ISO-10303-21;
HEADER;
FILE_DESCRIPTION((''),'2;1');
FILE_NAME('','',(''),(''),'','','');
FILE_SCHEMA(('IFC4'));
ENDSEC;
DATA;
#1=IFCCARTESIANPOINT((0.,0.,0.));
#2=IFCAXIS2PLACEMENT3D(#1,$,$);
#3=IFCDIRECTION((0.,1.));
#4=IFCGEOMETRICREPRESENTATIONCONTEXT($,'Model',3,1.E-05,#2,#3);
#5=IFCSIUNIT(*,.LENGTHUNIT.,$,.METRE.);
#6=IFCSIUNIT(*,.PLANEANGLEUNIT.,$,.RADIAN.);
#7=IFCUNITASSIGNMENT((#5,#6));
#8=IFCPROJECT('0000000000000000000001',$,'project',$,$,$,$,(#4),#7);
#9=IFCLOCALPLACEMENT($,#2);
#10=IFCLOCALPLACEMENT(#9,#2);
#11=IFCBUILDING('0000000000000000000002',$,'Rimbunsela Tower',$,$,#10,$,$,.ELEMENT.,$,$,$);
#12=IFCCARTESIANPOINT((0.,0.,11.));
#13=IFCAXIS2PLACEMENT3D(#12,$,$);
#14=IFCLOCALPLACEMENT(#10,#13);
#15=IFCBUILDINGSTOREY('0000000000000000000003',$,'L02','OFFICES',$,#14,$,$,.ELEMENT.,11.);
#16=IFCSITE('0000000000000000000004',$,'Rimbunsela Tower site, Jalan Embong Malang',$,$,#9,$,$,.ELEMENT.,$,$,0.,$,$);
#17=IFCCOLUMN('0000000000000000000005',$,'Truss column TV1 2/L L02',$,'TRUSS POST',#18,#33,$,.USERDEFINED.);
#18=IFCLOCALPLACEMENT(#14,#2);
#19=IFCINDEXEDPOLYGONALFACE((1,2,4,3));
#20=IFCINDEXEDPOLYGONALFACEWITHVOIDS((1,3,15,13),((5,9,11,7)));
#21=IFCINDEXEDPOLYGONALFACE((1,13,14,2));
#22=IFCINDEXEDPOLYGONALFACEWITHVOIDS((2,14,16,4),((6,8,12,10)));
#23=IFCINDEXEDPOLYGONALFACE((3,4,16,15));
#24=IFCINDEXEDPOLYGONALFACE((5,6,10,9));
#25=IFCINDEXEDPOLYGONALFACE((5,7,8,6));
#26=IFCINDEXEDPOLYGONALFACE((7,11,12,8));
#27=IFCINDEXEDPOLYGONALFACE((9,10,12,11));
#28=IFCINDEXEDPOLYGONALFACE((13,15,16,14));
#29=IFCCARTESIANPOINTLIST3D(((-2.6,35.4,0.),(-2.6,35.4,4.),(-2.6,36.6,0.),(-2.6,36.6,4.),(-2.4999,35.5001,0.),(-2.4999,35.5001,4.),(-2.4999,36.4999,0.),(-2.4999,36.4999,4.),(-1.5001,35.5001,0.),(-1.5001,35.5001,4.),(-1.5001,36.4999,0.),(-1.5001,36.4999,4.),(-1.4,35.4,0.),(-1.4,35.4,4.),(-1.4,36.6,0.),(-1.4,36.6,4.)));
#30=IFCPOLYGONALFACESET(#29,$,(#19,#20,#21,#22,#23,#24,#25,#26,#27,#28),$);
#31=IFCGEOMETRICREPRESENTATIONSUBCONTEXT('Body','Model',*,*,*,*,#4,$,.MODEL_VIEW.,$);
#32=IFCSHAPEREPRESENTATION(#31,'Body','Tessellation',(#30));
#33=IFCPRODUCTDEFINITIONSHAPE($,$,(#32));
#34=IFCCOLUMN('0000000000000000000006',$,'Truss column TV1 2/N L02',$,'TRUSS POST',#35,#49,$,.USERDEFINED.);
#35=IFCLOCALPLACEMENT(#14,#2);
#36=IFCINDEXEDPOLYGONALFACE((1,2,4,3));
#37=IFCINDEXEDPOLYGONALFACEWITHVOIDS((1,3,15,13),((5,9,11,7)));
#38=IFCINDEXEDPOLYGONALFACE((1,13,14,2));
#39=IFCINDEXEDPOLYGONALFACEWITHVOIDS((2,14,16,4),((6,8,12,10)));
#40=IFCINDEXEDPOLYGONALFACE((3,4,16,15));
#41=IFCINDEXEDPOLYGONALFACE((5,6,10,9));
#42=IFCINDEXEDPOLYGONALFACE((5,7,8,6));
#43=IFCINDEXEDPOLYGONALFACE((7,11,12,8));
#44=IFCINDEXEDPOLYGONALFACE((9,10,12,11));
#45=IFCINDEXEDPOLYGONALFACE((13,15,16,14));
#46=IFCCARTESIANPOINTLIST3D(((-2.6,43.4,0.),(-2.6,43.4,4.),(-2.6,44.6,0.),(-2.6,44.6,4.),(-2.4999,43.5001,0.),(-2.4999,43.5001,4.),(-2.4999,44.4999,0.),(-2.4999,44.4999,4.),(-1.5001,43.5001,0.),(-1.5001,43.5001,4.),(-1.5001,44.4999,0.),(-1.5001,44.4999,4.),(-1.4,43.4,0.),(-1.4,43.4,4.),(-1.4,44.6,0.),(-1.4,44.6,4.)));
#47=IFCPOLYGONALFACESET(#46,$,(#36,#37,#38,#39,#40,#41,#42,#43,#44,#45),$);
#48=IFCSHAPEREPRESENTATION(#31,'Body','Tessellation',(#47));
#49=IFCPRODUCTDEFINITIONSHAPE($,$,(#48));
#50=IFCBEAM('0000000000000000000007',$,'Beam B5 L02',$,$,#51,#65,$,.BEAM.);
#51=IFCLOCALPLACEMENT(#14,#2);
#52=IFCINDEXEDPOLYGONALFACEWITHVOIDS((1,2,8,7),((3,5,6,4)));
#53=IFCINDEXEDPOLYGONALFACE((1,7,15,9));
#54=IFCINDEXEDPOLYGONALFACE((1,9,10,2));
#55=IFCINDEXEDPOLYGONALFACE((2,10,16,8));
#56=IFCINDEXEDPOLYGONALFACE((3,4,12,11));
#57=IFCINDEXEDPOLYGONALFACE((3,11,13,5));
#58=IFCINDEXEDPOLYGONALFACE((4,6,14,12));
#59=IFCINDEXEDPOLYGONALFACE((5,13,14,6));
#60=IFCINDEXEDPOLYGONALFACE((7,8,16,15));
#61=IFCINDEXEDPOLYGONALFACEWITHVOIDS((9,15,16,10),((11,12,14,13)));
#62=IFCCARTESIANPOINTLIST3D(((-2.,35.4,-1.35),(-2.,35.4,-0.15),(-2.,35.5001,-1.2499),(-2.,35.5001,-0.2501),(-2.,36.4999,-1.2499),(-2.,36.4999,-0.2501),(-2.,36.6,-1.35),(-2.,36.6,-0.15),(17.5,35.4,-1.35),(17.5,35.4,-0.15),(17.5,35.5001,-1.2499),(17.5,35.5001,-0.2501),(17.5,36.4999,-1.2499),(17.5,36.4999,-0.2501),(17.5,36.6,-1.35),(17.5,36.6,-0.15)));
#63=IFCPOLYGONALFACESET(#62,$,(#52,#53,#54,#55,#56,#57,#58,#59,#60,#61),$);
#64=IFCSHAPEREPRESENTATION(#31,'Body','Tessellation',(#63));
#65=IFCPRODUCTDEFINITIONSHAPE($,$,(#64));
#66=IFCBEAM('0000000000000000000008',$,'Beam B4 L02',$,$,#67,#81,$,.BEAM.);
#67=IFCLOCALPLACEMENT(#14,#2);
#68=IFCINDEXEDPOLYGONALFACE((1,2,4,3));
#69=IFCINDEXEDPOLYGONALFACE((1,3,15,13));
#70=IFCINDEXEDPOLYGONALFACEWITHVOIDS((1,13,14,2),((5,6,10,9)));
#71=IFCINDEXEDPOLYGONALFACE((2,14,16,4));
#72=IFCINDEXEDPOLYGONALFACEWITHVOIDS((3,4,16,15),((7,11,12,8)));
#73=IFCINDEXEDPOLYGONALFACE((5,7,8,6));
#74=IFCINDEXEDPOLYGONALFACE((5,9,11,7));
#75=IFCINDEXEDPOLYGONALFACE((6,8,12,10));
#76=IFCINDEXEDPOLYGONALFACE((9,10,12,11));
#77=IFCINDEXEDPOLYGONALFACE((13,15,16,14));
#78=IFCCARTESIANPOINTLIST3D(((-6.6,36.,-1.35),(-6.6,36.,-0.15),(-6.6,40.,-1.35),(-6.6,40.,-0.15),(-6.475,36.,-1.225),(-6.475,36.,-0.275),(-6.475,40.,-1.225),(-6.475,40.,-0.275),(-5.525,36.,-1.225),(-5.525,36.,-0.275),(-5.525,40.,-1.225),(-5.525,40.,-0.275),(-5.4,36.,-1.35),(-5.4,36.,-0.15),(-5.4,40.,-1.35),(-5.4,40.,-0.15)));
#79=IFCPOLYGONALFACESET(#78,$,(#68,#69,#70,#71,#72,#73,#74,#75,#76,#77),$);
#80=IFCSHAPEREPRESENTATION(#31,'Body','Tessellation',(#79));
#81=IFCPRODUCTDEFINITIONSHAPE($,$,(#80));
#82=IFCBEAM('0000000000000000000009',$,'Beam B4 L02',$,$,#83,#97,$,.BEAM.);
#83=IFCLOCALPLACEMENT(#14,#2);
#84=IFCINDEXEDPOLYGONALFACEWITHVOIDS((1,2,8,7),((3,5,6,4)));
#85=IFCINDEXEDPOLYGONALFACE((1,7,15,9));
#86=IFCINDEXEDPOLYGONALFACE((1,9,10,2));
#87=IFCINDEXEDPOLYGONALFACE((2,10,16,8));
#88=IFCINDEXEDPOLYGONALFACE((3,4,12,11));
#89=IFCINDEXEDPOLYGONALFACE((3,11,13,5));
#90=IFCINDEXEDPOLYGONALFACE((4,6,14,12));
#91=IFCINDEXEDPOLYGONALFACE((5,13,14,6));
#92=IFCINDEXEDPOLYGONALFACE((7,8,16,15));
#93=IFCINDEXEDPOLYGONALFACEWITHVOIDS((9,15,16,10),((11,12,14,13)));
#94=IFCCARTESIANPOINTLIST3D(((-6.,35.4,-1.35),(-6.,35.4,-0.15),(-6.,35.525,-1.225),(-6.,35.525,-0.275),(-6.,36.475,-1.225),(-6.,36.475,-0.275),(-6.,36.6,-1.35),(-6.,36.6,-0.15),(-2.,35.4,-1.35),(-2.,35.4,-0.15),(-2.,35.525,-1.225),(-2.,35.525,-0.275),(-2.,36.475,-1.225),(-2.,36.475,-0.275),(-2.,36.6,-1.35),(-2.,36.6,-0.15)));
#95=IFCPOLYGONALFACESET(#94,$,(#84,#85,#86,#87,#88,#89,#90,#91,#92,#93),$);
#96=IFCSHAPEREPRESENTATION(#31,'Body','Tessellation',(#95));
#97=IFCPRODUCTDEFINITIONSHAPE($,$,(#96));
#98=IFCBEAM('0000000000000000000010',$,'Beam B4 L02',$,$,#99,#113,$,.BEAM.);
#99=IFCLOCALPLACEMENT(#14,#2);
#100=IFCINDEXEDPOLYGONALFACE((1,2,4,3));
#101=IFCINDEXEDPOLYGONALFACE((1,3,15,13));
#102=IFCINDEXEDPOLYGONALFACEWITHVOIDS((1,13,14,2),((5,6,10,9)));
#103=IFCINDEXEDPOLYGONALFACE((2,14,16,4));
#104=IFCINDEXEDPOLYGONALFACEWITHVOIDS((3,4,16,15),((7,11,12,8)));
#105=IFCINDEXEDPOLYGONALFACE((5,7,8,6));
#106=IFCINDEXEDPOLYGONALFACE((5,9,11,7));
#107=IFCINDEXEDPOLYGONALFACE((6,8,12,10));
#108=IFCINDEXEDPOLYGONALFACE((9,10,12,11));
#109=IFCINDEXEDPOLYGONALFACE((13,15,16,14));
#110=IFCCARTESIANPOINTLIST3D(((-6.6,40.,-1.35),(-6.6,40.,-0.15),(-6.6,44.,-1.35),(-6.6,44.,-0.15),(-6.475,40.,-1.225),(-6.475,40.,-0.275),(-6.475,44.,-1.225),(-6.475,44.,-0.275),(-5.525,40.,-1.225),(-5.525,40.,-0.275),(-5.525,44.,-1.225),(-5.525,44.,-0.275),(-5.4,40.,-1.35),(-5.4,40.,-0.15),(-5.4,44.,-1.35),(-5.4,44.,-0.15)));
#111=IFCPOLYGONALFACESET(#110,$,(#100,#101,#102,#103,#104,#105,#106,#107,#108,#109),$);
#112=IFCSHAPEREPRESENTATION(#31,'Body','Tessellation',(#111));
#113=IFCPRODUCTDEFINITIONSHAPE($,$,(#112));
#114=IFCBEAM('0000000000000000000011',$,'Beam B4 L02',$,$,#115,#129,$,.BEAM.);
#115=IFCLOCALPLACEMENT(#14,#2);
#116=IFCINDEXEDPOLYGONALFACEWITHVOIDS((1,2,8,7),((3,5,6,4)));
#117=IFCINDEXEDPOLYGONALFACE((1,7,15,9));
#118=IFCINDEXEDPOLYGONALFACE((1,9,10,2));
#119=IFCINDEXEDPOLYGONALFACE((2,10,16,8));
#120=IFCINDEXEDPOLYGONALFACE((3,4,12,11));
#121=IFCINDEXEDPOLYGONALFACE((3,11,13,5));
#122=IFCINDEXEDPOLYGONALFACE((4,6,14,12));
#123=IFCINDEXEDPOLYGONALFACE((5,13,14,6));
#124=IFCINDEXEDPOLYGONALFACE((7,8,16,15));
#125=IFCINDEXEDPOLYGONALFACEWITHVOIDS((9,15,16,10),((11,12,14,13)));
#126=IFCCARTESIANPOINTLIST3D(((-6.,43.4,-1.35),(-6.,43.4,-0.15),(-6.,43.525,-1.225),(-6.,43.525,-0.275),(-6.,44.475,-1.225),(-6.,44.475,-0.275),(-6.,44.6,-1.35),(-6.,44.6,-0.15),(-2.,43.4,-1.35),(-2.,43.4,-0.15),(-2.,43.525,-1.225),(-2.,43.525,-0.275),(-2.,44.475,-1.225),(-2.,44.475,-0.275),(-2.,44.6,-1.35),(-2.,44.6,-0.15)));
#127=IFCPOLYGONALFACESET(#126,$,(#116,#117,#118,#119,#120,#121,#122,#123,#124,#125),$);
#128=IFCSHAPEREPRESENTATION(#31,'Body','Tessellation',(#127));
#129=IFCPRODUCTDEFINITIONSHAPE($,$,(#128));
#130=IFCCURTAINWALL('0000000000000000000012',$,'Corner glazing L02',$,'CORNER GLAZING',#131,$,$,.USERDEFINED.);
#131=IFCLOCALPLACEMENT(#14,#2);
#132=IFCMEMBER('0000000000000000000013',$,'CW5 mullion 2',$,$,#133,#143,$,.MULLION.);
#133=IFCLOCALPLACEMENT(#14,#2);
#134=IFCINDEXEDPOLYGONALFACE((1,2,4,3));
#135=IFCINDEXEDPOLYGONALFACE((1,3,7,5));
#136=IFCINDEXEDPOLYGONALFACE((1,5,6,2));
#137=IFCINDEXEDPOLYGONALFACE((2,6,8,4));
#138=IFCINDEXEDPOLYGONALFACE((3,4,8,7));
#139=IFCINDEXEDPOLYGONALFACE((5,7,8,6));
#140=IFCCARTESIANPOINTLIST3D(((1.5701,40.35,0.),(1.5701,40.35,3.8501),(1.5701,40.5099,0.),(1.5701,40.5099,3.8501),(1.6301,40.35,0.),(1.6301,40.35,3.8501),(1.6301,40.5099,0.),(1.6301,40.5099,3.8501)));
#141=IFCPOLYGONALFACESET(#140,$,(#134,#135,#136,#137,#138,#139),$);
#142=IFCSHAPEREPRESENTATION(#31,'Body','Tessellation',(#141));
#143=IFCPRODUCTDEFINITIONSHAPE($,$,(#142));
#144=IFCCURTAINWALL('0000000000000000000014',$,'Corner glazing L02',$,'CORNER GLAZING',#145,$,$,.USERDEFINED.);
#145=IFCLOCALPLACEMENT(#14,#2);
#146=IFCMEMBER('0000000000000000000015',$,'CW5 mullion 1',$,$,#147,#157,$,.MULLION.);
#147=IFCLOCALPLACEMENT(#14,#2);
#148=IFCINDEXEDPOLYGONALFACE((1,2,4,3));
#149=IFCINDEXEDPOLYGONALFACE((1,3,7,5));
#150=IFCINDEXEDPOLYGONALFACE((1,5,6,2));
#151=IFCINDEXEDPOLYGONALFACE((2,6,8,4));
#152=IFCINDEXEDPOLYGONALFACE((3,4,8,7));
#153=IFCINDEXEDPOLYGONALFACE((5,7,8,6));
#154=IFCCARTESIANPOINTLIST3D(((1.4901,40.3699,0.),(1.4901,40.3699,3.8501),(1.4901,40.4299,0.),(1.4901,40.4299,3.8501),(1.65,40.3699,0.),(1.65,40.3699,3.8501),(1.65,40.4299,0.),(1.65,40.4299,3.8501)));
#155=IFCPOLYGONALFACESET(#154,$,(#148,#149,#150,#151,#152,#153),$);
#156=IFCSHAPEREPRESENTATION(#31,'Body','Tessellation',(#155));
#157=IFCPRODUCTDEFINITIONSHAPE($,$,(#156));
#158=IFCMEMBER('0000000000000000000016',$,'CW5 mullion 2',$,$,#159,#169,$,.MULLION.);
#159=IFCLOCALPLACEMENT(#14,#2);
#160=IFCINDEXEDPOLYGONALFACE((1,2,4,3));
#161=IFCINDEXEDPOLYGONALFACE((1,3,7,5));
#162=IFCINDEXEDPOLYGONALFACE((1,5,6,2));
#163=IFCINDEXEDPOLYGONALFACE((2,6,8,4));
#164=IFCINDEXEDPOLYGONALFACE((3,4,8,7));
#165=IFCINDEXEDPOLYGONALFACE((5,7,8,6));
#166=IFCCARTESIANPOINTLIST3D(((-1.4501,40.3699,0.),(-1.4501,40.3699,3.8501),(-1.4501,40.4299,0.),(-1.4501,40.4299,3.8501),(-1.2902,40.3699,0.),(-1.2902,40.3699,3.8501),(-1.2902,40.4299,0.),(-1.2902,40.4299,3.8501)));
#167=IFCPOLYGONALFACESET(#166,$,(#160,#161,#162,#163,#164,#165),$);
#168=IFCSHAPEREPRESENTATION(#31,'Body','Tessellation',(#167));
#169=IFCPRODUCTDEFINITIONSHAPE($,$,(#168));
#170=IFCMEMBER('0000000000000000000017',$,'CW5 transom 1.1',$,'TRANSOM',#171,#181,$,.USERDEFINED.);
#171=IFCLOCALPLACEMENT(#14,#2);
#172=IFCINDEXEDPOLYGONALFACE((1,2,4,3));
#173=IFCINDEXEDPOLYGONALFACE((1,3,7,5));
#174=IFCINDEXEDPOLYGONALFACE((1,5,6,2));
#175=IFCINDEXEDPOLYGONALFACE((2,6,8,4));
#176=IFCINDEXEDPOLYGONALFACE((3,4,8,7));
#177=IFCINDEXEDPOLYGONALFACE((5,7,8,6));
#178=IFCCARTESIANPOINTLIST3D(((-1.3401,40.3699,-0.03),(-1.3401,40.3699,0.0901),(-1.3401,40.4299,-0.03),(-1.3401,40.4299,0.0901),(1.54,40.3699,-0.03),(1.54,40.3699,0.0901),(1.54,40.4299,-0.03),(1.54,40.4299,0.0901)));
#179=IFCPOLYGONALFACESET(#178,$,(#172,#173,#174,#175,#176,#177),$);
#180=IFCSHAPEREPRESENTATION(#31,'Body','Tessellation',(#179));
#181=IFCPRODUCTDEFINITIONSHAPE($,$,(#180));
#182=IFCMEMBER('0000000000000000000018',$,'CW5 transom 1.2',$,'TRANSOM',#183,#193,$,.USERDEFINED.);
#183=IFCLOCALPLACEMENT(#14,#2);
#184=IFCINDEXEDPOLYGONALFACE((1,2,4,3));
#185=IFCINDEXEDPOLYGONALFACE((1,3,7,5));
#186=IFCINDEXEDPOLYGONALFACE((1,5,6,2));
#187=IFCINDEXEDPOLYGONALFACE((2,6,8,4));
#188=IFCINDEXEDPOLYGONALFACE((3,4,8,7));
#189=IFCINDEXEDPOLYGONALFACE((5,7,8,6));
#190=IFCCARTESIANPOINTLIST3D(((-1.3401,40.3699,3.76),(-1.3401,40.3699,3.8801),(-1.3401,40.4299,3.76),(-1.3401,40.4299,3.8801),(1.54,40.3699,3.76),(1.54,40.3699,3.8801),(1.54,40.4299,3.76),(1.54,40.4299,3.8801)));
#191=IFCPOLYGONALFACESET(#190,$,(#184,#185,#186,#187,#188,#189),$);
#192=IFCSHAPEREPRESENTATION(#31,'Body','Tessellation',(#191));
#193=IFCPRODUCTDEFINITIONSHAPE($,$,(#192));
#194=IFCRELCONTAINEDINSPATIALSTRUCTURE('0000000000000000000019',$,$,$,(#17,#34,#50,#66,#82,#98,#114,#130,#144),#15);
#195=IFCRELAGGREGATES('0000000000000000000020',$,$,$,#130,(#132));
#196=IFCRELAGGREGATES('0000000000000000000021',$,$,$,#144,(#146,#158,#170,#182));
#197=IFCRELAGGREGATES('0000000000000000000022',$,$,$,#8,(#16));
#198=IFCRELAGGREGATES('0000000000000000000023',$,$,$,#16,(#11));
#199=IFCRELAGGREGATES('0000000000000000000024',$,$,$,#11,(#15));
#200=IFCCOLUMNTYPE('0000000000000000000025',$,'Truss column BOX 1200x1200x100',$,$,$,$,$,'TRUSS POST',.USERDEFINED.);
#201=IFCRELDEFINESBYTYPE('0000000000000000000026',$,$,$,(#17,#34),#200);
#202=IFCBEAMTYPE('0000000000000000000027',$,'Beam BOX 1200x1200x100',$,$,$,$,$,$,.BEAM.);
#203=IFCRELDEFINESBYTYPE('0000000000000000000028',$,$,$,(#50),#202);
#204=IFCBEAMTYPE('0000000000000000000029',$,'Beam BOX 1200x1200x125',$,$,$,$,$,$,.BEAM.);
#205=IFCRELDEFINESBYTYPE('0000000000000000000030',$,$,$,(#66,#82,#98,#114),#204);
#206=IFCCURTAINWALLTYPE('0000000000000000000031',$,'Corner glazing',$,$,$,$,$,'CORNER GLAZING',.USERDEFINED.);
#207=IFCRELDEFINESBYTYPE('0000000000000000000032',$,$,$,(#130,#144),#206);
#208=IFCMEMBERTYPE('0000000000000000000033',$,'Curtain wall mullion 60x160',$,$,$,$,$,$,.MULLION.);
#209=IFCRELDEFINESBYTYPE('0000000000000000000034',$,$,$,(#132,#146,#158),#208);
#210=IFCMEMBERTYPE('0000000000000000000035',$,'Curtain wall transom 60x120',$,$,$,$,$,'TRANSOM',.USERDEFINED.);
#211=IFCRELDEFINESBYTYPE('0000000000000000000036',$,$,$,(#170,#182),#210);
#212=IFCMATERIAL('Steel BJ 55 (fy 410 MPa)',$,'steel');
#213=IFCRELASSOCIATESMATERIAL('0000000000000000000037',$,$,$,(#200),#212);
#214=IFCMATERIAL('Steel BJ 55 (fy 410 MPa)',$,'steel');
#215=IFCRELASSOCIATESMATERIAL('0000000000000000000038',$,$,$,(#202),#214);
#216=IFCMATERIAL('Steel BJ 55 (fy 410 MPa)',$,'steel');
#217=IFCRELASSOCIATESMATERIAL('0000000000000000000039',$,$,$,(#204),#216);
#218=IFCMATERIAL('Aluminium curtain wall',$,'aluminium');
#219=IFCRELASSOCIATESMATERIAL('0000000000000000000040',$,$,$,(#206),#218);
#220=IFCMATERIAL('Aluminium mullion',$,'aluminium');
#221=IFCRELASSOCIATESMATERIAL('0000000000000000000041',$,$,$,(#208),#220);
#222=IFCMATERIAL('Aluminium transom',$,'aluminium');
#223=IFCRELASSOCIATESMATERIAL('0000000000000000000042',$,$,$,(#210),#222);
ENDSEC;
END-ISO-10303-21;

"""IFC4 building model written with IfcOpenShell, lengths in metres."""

from ifc_helpers import new_model, si_unit, direction, frame, origin, origin_2d, place, context, subcontext, project, spatial, rectangle, hollow_rectangle, extrude, material, material_profile, profile_set, type_object, element, aggregate, save


model = new_model("IFC4")

# Units and contexts
model_context = context("Model", 3, precision=1e-05, world=origin(), true_north=direction((0.0, 1.0)))
body_context = subcontext(model_context, "Body", "Model", "MODEL_VIEW")
ifc_project = project(units=[si_unit("LENGTHUNIT", "METRE"), si_unit("PLANEANGLEUNIT", "RADIAN")], contexts=[model_context])

# Site, building, storey
site_placement = place(None, origin())
site = spatial("IfcSite", under=ifc_project, at=site_placement, Name="Rimbunsela Tower site, Jalan Embong Malang", CompositionType="ELEMENT", RefElevation=0.0)
building_placement = place(site_placement, origin())
building = spatial("IfcBuilding", under=site, at=building_placement, Name="Rimbunsela Tower", CompositionType="ELEMENT")
storey_placement = place(building_placement, frame((0.0, 0.0, 11.0)))
storey = spatial("IfcBuildingStorey", under=building, at=storey_placement, Name="L02", Description="OFFICES", CompositionType="ELEMENT", Elevation=11.0)

# Columns
ifc_material_1 = material(Name="Steel BJ 55 (fy 410 MPa)", Category="steel")
ifc_material_profile_1 = material_profile(ifc_material_1, hollow_rectangle(XDim=1.2, YDim=1.2, WallThickness=0.1001, at=origin_2d()), Name="BOX 1200x1200x100")
ifc_profile_set_1 = profile_set([ifc_material_profile_1], Name="Steel BJ 55 (fy 410 MPa)")
column_type = type_object("IfcColumnType", Name="Truss column BOX 1200x1200x100", ElementType="TRUSS POST", PredefinedType="USERDEFINED", material=ifc_profile_set_1)
for number, where, z_axis, x_axis, name in (
    (1, (-2.0, 36.0, 0.0), (0.0, 0.0, 1.0), (1.0, 0.0, 0.0), "Truss column TV1 2/L L02"),
    (2, (-2.0, 44.0, 0.0), (0.0, 0.0, 1.0), (1.0, 0.0, 0.0), "Truss column TV1 2/N L02"),
):
    element("IfcColumn", number, at=place(storey_placement, frame(where, z_axis=z_axis, x_axis=x_axis)), inside=storey, type_object=column_type, Name=name, ObjectType="TRUSS POST", PredefinedType="USERDEFINED", context=body_context, shape_type="SweptSolid", body=[
        extrude(hollow_rectangle(XDim=1.2, YDim=1.2, WallThickness=0.1001, at=origin_2d()), origin(), (0.0, 0.0, 1.0), 4.0),
    ])

# Beams
ifc_material_2 = material(Name="Steel BJ 55 (fy 410 MPa)", Category="steel")
ifc_material_profile_2 = material_profile(ifc_material_2, hollow_rectangle(XDim=1.2, YDim=1.2, WallThickness=0.1001, at=origin_2d()), Name="BOX 1200x1200x100")
ifc_profile_set_2 = profile_set([ifc_material_profile_2], Name="Steel BJ 55 (fy 410 MPa)")
beam_type_1 = type_object("IfcBeamType", Name="Beam BOX 1200x1200x100", PredefinedType="BEAM", material=ifc_profile_set_2)
beam_1_placement = place(storey_placement, frame((-2.0, 36.0, -0.75), z_axis=(1.0, 0.0, 0.0), x_axis=(0.0, 1.0, 0.0)))
element("IfcBeam", 3, at=beam_1_placement, inside=storey, type_object=beam_type_1, Name="Beam B5 L02", PredefinedType="BEAM", context=body_context, shape_type="SweptSolid", body=[
    extrude(hollow_rectangle(XDim=1.2, YDim=1.2, WallThickness=0.1001, at=origin_2d()), origin(), (0.0, 0.0, 1.0), 19.5),
])
ifc_material_3 = material(Name="Steel BJ 55 (fy 410 MPa)", Category="steel")
ifc_material_profile_3 = material_profile(ifc_material_3, hollow_rectangle(XDim=1.2, YDim=1.2, WallThickness=0.125, at=origin_2d()), Name="BOX 1200x1200x125")
ifc_profile_set_3 = profile_set([ifc_material_profile_3], Name="Steel BJ 55 (fy 410 MPa)")
beam_type_2 = type_object("IfcBeamType", Name="Beam BOX 1200x1200x125", PredefinedType="BEAM", material=ifc_profile_set_3)
for number, where, z_axis, x_axis, name in (
    (4, (-6.0, 36.0, -0.75), (0.0, 1.0, 0.0), (-1.0, 0.0, 0.0), "Beam B4 L02"),
    (5, (-6.0, 36.0, -0.75), (1.0, 0.0, 0.0), (0.0, 1.0, 0.0), "Beam B4 L02"),
    (6, (-6.0, 40.0, -0.75), (0.0, 1.0, 0.0), (-1.0, 0.0, 0.0), "Beam B4 L02"),
    (7, (-6.0, 44.0, -0.75), (1.0, 0.0, 0.0), (0.0, 1.0, 0.0), "Beam B4 L02"),
):
    element("IfcBeam", number, at=place(storey_placement, frame(where, z_axis=z_axis, x_axis=x_axis)), inside=storey, type_object=beam_type_2, Name=name, PredefinedType="BEAM", context=body_context, shape_type="SweptSolid", body=[
        extrude(hollow_rectangle(XDim=1.2, YDim=1.2, WallThickness=0.125, at=origin_2d()), origin(), (0.0, 0.0, 1.0), 4.0),
    ])

# Curtain wall, member
ifc_material_4 = material(Name="Aluminium curtain wall", Category="aluminium")
curtain_wall_type = type_object("IfcCurtainWallType", Name="Corner glazing", ElementType="CORNER GLAZING", PredefinedType="USERDEFINED", material=ifc_material_4)
curtain_wall_1_placement = place(storey_placement, origin())
curtain_wall_1 = element("IfcCurtainWall", 8, at=curtain_wall_1_placement, inside=storey, type_object=curtain_wall_type, Name="Corner glazing L02", ObjectType="CORNER GLAZING", PredefinedType="USERDEFINED")
ifc_material_5 = material(Name="Aluminium mullion", Category="aluminium")
ifc_material_profile_4 = material_profile(ifc_material_5, rectangle(XDim=0.0601, YDim=0.1599, at=origin_2d()), Name="Mullion 60x160")
ifc_profile_set_4 = profile_set([ifc_material_profile_4], Name="Aluminium mullion")
member_type_1 = type_object("IfcMemberType", Name="Curtain wall mullion 60x160", PredefinedType="MULLION", material=ifc_profile_set_4)
member_1_placement = place(storey_placement, frame((1.6001, 40.4299, 0.0), z_axis=(0.0, 0.0, 1.0), x_axis=(1.0, 0.0, 0.0)))
member_1 = element("IfcMember", 9, at=member_1_placement, type_object=member_type_1, Name="CW5 mullion 2", PredefinedType="MULLION", context=body_context, shape_type="SweptSolid", body=[
    extrude(rectangle(XDim=0.0601, YDim=0.1599, at=origin_2d()), origin(), (0.0, 0.0, 1.0), 3.8501),
])

# Curtain wall, members
curtain_wall_2_placement = place(storey_placement, origin())
curtain_wall_2 = element("IfcCurtainWall", 10, at=curtain_wall_2_placement, inside=storey, type_object=curtain_wall_type, Name="Corner glazing L02", ObjectType="CORNER GLAZING", PredefinedType="USERDEFINED")
member_2_placement = place(storey_placement, frame((1.5701, 40.3999, 0.0), z_axis=(0.0, 0.0, 1.0), x_axis=(0.0, -1.0, 0.0)))
member_2 = element("IfcMember", 11, at=member_2_placement, type_object=member_type_1, Name="CW5 mullion 1", PredefinedType="MULLION", context=body_context, shape_type="SweptSolid", body=[
    extrude(rectangle(XDim=0.0601, YDim=0.1599, at=origin_2d()), origin(), (0.0, 0.0, 1.0), 3.8501),
])
member_3_placement = place(storey_placement, frame((-1.3701, 40.3999, 0.0), z_axis=(0.0, 0.0, 1.0), x_axis=(0.0, -1.0, 0.0)))
member_3 = element("IfcMember", 12, at=member_3_placement, type_object=member_type_1, Name="CW5 mullion 2", PredefinedType="MULLION", context=body_context, shape_type="SweptSolid", body=[
    extrude(rectangle(XDim=0.0601, YDim=0.1599, at=origin_2d()), origin(), (0.0, 0.0, 1.0), 3.8501),
])
ifc_material_6 = material(Name="Aluminium transom", Category="aluminium")
ifc_material_profile_5 = material_profile(ifc_material_6, rectangle(XDim=0.0601, YDim=0.1201, at=origin_2d()), Name="Transom 60x120")
ifc_profile_set_5 = profile_set([ifc_material_profile_5], Name="Aluminium transom")
member_type_2 = type_object("IfcMemberType", Name="Curtain wall transom 60x120", ElementType="TRANSOM", PredefinedType="USERDEFINED", material=ifc_profile_set_5)
member_4_placement = place(storey_placement, frame((1.54, 40.3999, 0.03), z_axis=(-1.0, 0.0, 0.0), x_axis=(0.0, -1.0, 0.0)))
member_4 = element("IfcMember", 13, at=member_4_placement, type_object=member_type_2, Name="CW5 transom 1.1", ObjectType="TRANSOM", PredefinedType="USERDEFINED", context=body_context, shape_type="SweptSolid", body=[
    extrude(rectangle(XDim=0.0601, YDim=0.1201, at=origin_2d()), origin(), (0.0, 0.0, 1.0), 2.8801),
])
member_5_placement = place(storey_placement, frame((1.54, 40.3999, 3.8201), z_axis=(-1.0, 0.0, 0.0), x_axis=(0.0, -1.0, 0.0)))
member_5 = element("IfcMember", 14, at=member_5_placement, type_object=member_type_2, Name="CW5 transom 1.2", ObjectType="TRANSOM", PredefinedType="USERDEFINED", context=body_context, shape_type="SweptSolid", body=[
    extrude(rectangle(XDim=0.0601, YDim=0.1201, at=origin_2d()), origin(), (0.0, 0.0, 1.0), 2.8801),
])

aggregate(curtain_wall_1, [member_1])
aggregate(curtain_wall_2, [member_2, member_3, member_4, member_5])

save(model, "model.ifc")
